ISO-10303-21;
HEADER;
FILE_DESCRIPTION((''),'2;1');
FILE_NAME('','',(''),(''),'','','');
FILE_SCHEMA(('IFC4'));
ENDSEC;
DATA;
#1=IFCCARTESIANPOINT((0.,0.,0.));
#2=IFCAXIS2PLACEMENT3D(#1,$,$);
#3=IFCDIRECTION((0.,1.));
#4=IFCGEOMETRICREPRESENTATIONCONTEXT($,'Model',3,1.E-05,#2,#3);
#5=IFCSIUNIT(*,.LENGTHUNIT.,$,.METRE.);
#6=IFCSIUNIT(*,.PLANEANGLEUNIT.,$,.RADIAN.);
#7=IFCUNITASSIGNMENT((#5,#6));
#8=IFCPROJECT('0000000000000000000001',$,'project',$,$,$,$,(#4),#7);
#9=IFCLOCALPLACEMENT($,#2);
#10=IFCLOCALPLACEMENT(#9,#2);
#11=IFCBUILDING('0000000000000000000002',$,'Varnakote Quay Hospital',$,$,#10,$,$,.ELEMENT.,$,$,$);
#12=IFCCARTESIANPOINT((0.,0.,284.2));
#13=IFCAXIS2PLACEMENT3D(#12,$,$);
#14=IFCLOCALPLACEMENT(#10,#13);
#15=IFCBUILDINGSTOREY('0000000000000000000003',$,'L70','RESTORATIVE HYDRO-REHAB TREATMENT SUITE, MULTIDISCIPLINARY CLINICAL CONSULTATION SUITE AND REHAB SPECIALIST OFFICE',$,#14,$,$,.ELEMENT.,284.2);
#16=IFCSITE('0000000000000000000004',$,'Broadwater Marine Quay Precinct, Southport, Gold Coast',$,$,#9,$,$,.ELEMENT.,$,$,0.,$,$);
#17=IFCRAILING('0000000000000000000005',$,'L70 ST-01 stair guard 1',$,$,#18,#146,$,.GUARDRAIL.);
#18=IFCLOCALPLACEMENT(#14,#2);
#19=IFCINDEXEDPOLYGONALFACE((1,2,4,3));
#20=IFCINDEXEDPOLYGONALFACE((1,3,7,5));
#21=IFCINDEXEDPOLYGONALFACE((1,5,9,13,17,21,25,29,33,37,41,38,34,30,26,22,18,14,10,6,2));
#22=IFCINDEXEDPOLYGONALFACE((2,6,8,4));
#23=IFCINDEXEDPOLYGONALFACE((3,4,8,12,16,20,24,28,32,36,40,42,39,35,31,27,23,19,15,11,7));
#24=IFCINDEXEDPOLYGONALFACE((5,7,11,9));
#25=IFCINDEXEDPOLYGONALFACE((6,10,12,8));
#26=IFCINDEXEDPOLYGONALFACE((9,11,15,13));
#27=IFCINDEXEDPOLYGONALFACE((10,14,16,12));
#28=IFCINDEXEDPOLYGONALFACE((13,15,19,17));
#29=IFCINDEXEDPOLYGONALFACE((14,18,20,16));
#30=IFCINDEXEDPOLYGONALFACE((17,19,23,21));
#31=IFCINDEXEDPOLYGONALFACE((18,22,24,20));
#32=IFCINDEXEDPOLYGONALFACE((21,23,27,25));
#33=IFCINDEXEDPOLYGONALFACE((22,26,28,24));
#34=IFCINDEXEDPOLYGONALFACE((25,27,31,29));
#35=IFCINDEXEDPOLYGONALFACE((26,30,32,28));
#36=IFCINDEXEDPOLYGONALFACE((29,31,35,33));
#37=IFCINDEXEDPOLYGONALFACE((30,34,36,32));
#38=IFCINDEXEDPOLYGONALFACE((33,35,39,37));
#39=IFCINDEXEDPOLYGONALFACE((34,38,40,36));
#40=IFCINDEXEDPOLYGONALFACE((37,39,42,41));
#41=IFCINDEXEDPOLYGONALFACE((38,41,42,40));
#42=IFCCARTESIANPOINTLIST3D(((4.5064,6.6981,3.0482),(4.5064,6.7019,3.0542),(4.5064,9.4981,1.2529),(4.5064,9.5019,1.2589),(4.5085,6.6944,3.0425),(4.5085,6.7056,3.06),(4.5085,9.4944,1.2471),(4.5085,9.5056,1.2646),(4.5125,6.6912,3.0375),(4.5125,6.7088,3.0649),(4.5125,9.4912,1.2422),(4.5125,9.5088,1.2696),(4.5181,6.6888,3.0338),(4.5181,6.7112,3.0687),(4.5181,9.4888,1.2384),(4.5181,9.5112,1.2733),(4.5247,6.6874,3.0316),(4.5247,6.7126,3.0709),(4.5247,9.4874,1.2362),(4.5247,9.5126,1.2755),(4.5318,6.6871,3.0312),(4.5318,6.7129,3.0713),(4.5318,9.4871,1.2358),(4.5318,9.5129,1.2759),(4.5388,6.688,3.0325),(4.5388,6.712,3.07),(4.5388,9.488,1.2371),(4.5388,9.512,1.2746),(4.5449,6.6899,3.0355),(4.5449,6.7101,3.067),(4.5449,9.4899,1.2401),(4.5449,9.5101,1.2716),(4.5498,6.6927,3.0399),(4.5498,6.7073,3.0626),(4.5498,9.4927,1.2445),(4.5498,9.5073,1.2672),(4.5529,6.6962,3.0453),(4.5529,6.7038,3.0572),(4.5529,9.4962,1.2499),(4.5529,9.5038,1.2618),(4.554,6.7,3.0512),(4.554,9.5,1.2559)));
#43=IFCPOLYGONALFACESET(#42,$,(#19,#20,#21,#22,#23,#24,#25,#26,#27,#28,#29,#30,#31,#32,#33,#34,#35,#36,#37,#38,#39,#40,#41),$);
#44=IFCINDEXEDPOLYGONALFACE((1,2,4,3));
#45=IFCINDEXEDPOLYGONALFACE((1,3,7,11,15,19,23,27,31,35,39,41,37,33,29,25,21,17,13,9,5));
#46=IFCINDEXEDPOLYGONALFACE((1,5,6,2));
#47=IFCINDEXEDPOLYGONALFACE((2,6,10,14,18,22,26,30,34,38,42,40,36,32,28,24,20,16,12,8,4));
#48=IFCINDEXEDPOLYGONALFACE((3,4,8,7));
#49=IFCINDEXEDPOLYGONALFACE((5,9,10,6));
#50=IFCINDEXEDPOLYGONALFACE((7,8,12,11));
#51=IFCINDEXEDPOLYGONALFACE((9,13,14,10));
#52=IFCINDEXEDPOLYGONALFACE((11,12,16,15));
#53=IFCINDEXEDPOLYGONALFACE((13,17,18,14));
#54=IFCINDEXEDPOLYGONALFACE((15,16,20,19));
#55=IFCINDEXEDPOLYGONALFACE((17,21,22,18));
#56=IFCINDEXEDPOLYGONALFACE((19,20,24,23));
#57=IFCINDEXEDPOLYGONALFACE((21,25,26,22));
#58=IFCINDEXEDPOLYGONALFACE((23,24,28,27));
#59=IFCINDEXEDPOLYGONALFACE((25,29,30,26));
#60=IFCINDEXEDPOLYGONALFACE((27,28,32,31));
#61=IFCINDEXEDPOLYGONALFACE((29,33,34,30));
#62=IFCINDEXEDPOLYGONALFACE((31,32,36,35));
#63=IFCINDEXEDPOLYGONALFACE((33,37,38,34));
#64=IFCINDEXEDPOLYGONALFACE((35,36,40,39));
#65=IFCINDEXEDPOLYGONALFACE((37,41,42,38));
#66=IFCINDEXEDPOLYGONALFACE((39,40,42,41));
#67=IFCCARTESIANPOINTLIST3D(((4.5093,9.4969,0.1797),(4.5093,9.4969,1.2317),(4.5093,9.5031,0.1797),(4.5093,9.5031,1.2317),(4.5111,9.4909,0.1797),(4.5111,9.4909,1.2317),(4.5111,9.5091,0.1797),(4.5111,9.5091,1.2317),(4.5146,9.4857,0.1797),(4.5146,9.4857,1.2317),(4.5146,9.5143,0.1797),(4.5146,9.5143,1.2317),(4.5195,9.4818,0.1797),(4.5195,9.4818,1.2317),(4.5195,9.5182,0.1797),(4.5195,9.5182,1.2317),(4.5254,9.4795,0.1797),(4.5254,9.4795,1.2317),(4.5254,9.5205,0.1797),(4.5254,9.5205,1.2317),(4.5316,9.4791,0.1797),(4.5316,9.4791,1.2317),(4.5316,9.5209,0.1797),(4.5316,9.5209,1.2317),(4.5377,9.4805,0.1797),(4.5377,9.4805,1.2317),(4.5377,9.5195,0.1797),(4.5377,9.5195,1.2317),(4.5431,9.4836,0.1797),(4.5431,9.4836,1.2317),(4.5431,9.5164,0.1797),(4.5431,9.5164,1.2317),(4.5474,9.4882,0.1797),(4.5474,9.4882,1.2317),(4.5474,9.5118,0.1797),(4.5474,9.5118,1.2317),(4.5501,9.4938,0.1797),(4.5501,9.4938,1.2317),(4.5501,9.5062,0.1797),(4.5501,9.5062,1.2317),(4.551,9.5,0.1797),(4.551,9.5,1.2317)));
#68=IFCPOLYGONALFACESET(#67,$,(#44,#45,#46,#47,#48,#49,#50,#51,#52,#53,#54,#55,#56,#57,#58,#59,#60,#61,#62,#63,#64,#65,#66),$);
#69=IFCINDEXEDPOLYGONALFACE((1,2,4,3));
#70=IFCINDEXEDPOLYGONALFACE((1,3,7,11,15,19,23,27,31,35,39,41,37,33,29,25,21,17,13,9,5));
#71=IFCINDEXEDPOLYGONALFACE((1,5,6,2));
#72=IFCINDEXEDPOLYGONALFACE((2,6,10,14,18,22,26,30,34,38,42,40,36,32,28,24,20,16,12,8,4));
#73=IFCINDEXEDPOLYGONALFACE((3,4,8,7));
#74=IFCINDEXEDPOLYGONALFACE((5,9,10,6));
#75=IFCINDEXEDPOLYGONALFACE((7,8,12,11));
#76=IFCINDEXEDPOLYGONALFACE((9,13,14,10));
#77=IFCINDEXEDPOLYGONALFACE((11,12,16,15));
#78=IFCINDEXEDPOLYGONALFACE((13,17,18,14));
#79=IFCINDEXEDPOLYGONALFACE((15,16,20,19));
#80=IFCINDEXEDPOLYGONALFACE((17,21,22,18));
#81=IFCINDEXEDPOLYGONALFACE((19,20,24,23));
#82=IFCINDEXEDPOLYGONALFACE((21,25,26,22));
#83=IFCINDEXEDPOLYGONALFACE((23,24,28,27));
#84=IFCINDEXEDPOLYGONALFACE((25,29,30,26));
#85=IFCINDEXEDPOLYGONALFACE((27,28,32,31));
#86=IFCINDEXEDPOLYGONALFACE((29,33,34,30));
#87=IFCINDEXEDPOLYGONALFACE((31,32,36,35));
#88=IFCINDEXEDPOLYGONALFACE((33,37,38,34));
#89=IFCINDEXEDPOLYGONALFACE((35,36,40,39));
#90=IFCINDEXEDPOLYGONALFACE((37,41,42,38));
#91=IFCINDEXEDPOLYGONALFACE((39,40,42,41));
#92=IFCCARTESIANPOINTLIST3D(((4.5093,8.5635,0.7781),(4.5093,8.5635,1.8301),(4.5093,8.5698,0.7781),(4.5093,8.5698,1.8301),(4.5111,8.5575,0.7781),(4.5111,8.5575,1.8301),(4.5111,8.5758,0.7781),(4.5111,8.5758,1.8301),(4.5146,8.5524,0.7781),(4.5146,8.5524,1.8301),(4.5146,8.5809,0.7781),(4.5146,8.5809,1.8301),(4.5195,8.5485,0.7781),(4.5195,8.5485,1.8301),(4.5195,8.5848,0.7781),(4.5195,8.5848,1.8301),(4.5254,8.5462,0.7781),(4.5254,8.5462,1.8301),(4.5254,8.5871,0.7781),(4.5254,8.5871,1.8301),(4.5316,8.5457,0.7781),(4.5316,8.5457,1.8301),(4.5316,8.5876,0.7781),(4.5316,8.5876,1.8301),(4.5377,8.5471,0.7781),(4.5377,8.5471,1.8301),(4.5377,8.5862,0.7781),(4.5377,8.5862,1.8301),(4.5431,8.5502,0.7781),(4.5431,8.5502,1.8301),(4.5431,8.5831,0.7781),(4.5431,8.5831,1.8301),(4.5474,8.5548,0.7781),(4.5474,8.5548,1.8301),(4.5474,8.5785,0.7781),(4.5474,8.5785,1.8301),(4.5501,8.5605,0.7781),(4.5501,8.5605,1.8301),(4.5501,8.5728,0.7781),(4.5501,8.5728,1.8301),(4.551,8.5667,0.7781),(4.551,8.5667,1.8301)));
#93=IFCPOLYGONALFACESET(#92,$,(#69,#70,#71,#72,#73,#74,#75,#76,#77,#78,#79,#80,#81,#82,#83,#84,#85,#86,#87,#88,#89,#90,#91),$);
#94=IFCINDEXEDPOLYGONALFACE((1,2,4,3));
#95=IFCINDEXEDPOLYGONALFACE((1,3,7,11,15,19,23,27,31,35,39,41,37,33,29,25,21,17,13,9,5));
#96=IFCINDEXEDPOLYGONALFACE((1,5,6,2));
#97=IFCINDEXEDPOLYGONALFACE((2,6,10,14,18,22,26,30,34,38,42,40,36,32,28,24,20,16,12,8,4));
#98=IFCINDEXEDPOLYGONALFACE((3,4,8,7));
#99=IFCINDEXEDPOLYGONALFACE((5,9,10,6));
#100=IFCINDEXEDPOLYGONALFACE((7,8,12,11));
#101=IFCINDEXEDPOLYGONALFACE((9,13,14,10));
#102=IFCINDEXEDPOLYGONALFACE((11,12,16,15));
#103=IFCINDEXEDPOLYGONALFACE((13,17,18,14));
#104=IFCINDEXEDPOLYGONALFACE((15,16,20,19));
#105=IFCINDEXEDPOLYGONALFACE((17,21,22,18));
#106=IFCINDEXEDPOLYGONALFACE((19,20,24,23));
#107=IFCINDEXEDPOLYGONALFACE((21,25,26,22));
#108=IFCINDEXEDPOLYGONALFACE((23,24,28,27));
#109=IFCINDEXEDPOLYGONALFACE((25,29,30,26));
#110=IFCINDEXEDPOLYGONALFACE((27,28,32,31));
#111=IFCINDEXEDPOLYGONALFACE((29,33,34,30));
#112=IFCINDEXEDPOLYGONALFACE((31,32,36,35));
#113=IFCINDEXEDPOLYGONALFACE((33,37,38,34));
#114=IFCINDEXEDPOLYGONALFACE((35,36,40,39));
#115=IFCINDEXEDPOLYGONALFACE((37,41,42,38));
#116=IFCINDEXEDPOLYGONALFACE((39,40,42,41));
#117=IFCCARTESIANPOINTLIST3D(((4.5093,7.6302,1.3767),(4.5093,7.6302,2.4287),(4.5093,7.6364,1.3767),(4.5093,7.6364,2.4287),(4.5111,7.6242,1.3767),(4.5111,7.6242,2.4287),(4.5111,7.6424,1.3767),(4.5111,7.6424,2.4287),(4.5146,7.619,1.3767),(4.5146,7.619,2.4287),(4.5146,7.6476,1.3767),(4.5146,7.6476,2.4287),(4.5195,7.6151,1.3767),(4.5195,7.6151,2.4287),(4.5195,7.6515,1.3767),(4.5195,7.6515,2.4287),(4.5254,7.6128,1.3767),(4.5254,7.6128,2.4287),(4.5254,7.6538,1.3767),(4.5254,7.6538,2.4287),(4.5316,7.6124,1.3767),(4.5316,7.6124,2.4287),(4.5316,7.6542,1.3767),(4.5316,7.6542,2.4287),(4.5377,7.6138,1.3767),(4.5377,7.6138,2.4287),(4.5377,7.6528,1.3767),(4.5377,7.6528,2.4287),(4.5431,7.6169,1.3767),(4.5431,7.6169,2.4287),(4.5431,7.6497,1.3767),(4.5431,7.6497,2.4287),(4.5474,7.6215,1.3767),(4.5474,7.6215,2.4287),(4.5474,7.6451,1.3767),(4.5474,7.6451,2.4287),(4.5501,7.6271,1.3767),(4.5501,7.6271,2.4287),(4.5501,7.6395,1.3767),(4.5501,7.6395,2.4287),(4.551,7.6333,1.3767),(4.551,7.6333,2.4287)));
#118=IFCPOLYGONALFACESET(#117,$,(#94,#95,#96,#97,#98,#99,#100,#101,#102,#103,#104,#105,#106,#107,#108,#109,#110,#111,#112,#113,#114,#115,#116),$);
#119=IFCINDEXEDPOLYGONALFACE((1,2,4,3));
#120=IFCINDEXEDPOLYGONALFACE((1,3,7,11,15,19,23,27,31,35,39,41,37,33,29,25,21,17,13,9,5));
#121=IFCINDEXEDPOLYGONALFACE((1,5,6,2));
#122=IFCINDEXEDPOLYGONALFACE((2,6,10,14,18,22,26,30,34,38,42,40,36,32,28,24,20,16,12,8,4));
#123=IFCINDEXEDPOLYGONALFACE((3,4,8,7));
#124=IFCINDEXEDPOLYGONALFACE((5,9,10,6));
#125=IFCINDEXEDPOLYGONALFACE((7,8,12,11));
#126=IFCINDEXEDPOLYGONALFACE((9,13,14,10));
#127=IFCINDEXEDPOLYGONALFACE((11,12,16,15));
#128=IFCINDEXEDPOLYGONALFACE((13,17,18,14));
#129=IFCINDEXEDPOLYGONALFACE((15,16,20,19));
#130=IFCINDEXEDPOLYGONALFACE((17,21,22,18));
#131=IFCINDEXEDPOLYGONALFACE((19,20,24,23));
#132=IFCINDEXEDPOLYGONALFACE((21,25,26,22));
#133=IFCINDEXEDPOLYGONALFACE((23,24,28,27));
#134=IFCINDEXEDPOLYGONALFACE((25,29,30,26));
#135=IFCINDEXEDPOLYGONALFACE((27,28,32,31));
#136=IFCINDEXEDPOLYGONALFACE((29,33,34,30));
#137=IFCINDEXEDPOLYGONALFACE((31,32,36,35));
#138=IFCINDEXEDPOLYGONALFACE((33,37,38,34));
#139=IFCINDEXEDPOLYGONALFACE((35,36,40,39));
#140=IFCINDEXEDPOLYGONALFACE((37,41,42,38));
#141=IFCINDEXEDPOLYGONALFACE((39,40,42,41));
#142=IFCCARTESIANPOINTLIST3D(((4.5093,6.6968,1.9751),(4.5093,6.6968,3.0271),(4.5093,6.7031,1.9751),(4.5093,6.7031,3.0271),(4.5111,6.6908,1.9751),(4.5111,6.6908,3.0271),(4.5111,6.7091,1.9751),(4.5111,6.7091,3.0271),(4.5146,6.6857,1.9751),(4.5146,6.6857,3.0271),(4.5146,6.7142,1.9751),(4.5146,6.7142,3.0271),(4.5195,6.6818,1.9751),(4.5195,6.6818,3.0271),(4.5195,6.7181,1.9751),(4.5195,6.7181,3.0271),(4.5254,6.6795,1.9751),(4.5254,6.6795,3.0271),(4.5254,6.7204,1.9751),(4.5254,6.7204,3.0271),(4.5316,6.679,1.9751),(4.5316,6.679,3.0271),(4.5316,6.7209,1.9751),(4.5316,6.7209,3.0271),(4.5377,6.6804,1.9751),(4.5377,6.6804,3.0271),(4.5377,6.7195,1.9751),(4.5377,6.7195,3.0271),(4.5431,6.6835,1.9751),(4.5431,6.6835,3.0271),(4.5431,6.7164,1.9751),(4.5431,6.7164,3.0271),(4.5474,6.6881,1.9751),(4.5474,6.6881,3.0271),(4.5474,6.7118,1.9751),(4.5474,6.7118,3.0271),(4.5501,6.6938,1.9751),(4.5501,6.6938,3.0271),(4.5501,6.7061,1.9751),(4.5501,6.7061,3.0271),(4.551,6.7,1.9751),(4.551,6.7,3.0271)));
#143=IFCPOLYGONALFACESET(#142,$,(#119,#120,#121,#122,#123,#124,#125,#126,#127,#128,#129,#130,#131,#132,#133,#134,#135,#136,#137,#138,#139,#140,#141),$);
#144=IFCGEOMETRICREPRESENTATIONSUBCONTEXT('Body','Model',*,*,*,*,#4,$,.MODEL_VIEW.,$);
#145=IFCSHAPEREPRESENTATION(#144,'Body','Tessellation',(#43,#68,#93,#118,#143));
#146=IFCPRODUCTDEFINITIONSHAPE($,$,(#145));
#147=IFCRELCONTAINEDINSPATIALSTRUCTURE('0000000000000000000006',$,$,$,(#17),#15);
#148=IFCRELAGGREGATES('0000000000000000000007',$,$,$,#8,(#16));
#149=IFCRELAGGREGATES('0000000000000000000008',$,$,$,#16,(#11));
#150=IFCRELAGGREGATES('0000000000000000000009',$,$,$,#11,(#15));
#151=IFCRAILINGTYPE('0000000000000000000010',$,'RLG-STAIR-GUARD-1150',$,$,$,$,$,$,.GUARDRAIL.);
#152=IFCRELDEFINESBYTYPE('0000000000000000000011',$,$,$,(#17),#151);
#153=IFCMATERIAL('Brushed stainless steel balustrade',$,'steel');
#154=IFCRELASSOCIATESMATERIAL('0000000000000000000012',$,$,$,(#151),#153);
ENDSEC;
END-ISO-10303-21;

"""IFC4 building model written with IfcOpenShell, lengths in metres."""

from ifc_helpers import new_model, si_unit, direction, frame, origin, origin_2d, place, context, subcontext, project, spatial, circle, extrude, material, type_object, element, save


model = new_model("IFC4")

# Units and contexts
model_context = context("Model", 3, precision=1e-05, world=origin(), true_north=direction((0.0, 1.0)))
body_context = subcontext(model_context, "Body", "Model", "MODEL_VIEW")
ifc_project = project(units=[si_unit("LENGTHUNIT", "METRE"), si_unit("PLANEANGLEUNIT", "RADIAN")], contexts=[model_context])

# Site, building, storey
site_placement = place(None, origin())
site = spatial("IfcSite", under=ifc_project, at=site_placement, Name="Broadwater Marine Quay Precinct, Southport, Gold Coast", CompositionType="ELEMENT", RefElevation=0.0)
building_placement = place(site_placement, origin())
building = spatial("IfcBuilding", under=site, at=building_placement, Name="Varnakote Quay Hospital", CompositionType="ELEMENT")
storey_placement = place(building_placement, frame((0.0, 0.0, 284.2)))
storey = spatial("IfcBuildingStorey", under=building, at=storey_placement, Name="L70", Description="RESTORATIVE HYDRO-REHAB TREATMENT SUITE, MULTIDISCIPLINARY CLINICAL CONSULTATION SUITE AND REHAB SPECIALIST OFFICE", CompositionType="ELEMENT", Elevation=284.2)

# Railing
ifc_material_1 = material(Name="Brushed stainless steel balustrade", Category="steel")
railing_type_1 = type_object("IfcRailingType", Name="RLG-STAIR-GUARD-1150", PredefinedType="GUARDRAIL", material=ifc_material_1)
railing_1_placement = place(storey_placement, frame((4.53, 9.5, 0.1797)))
element("IfcRailing", 1, at=railing_1_placement, inside=storey, type_object=railing_type_1, Name="L70 ST-01 stair guard 1", PredefinedType="GUARDRAIL", context=body_context, shape_type="SweptSolid", body=[
    extrude(circle(Radius=0.0239, at=origin_2d()), frame((0.0, 0.0, 1.0762), z_axis=(0.0, -0.84181, 0.539774), x_axis=(1.0, 0.0, 0.0)), (0.0, 0.0, 1.0), 3.3262),
    extrude(circle(Radius=0.021, at=origin_2d()), origin(), (0.0, 0.0, 1.0), 1.052),
    extrude(circle(Radius=0.021, at=origin_2d()), frame((0.0, -0.9333, 0.5984)), (0.0, 0.0, 1.0), 1.052),
    extrude(circle(Radius=0.021, at=origin_2d()), frame((0.0, -1.8667, 1.197)), (0.0, 0.0, 1.0), 1.052),
    extrude(circle(Radius=0.021, at=origin_2d()), frame((0.0, -2.8, 1.7954)), (0.0, 0.0, 1.0), 1.052),
])

save(model, "model.ifc")
